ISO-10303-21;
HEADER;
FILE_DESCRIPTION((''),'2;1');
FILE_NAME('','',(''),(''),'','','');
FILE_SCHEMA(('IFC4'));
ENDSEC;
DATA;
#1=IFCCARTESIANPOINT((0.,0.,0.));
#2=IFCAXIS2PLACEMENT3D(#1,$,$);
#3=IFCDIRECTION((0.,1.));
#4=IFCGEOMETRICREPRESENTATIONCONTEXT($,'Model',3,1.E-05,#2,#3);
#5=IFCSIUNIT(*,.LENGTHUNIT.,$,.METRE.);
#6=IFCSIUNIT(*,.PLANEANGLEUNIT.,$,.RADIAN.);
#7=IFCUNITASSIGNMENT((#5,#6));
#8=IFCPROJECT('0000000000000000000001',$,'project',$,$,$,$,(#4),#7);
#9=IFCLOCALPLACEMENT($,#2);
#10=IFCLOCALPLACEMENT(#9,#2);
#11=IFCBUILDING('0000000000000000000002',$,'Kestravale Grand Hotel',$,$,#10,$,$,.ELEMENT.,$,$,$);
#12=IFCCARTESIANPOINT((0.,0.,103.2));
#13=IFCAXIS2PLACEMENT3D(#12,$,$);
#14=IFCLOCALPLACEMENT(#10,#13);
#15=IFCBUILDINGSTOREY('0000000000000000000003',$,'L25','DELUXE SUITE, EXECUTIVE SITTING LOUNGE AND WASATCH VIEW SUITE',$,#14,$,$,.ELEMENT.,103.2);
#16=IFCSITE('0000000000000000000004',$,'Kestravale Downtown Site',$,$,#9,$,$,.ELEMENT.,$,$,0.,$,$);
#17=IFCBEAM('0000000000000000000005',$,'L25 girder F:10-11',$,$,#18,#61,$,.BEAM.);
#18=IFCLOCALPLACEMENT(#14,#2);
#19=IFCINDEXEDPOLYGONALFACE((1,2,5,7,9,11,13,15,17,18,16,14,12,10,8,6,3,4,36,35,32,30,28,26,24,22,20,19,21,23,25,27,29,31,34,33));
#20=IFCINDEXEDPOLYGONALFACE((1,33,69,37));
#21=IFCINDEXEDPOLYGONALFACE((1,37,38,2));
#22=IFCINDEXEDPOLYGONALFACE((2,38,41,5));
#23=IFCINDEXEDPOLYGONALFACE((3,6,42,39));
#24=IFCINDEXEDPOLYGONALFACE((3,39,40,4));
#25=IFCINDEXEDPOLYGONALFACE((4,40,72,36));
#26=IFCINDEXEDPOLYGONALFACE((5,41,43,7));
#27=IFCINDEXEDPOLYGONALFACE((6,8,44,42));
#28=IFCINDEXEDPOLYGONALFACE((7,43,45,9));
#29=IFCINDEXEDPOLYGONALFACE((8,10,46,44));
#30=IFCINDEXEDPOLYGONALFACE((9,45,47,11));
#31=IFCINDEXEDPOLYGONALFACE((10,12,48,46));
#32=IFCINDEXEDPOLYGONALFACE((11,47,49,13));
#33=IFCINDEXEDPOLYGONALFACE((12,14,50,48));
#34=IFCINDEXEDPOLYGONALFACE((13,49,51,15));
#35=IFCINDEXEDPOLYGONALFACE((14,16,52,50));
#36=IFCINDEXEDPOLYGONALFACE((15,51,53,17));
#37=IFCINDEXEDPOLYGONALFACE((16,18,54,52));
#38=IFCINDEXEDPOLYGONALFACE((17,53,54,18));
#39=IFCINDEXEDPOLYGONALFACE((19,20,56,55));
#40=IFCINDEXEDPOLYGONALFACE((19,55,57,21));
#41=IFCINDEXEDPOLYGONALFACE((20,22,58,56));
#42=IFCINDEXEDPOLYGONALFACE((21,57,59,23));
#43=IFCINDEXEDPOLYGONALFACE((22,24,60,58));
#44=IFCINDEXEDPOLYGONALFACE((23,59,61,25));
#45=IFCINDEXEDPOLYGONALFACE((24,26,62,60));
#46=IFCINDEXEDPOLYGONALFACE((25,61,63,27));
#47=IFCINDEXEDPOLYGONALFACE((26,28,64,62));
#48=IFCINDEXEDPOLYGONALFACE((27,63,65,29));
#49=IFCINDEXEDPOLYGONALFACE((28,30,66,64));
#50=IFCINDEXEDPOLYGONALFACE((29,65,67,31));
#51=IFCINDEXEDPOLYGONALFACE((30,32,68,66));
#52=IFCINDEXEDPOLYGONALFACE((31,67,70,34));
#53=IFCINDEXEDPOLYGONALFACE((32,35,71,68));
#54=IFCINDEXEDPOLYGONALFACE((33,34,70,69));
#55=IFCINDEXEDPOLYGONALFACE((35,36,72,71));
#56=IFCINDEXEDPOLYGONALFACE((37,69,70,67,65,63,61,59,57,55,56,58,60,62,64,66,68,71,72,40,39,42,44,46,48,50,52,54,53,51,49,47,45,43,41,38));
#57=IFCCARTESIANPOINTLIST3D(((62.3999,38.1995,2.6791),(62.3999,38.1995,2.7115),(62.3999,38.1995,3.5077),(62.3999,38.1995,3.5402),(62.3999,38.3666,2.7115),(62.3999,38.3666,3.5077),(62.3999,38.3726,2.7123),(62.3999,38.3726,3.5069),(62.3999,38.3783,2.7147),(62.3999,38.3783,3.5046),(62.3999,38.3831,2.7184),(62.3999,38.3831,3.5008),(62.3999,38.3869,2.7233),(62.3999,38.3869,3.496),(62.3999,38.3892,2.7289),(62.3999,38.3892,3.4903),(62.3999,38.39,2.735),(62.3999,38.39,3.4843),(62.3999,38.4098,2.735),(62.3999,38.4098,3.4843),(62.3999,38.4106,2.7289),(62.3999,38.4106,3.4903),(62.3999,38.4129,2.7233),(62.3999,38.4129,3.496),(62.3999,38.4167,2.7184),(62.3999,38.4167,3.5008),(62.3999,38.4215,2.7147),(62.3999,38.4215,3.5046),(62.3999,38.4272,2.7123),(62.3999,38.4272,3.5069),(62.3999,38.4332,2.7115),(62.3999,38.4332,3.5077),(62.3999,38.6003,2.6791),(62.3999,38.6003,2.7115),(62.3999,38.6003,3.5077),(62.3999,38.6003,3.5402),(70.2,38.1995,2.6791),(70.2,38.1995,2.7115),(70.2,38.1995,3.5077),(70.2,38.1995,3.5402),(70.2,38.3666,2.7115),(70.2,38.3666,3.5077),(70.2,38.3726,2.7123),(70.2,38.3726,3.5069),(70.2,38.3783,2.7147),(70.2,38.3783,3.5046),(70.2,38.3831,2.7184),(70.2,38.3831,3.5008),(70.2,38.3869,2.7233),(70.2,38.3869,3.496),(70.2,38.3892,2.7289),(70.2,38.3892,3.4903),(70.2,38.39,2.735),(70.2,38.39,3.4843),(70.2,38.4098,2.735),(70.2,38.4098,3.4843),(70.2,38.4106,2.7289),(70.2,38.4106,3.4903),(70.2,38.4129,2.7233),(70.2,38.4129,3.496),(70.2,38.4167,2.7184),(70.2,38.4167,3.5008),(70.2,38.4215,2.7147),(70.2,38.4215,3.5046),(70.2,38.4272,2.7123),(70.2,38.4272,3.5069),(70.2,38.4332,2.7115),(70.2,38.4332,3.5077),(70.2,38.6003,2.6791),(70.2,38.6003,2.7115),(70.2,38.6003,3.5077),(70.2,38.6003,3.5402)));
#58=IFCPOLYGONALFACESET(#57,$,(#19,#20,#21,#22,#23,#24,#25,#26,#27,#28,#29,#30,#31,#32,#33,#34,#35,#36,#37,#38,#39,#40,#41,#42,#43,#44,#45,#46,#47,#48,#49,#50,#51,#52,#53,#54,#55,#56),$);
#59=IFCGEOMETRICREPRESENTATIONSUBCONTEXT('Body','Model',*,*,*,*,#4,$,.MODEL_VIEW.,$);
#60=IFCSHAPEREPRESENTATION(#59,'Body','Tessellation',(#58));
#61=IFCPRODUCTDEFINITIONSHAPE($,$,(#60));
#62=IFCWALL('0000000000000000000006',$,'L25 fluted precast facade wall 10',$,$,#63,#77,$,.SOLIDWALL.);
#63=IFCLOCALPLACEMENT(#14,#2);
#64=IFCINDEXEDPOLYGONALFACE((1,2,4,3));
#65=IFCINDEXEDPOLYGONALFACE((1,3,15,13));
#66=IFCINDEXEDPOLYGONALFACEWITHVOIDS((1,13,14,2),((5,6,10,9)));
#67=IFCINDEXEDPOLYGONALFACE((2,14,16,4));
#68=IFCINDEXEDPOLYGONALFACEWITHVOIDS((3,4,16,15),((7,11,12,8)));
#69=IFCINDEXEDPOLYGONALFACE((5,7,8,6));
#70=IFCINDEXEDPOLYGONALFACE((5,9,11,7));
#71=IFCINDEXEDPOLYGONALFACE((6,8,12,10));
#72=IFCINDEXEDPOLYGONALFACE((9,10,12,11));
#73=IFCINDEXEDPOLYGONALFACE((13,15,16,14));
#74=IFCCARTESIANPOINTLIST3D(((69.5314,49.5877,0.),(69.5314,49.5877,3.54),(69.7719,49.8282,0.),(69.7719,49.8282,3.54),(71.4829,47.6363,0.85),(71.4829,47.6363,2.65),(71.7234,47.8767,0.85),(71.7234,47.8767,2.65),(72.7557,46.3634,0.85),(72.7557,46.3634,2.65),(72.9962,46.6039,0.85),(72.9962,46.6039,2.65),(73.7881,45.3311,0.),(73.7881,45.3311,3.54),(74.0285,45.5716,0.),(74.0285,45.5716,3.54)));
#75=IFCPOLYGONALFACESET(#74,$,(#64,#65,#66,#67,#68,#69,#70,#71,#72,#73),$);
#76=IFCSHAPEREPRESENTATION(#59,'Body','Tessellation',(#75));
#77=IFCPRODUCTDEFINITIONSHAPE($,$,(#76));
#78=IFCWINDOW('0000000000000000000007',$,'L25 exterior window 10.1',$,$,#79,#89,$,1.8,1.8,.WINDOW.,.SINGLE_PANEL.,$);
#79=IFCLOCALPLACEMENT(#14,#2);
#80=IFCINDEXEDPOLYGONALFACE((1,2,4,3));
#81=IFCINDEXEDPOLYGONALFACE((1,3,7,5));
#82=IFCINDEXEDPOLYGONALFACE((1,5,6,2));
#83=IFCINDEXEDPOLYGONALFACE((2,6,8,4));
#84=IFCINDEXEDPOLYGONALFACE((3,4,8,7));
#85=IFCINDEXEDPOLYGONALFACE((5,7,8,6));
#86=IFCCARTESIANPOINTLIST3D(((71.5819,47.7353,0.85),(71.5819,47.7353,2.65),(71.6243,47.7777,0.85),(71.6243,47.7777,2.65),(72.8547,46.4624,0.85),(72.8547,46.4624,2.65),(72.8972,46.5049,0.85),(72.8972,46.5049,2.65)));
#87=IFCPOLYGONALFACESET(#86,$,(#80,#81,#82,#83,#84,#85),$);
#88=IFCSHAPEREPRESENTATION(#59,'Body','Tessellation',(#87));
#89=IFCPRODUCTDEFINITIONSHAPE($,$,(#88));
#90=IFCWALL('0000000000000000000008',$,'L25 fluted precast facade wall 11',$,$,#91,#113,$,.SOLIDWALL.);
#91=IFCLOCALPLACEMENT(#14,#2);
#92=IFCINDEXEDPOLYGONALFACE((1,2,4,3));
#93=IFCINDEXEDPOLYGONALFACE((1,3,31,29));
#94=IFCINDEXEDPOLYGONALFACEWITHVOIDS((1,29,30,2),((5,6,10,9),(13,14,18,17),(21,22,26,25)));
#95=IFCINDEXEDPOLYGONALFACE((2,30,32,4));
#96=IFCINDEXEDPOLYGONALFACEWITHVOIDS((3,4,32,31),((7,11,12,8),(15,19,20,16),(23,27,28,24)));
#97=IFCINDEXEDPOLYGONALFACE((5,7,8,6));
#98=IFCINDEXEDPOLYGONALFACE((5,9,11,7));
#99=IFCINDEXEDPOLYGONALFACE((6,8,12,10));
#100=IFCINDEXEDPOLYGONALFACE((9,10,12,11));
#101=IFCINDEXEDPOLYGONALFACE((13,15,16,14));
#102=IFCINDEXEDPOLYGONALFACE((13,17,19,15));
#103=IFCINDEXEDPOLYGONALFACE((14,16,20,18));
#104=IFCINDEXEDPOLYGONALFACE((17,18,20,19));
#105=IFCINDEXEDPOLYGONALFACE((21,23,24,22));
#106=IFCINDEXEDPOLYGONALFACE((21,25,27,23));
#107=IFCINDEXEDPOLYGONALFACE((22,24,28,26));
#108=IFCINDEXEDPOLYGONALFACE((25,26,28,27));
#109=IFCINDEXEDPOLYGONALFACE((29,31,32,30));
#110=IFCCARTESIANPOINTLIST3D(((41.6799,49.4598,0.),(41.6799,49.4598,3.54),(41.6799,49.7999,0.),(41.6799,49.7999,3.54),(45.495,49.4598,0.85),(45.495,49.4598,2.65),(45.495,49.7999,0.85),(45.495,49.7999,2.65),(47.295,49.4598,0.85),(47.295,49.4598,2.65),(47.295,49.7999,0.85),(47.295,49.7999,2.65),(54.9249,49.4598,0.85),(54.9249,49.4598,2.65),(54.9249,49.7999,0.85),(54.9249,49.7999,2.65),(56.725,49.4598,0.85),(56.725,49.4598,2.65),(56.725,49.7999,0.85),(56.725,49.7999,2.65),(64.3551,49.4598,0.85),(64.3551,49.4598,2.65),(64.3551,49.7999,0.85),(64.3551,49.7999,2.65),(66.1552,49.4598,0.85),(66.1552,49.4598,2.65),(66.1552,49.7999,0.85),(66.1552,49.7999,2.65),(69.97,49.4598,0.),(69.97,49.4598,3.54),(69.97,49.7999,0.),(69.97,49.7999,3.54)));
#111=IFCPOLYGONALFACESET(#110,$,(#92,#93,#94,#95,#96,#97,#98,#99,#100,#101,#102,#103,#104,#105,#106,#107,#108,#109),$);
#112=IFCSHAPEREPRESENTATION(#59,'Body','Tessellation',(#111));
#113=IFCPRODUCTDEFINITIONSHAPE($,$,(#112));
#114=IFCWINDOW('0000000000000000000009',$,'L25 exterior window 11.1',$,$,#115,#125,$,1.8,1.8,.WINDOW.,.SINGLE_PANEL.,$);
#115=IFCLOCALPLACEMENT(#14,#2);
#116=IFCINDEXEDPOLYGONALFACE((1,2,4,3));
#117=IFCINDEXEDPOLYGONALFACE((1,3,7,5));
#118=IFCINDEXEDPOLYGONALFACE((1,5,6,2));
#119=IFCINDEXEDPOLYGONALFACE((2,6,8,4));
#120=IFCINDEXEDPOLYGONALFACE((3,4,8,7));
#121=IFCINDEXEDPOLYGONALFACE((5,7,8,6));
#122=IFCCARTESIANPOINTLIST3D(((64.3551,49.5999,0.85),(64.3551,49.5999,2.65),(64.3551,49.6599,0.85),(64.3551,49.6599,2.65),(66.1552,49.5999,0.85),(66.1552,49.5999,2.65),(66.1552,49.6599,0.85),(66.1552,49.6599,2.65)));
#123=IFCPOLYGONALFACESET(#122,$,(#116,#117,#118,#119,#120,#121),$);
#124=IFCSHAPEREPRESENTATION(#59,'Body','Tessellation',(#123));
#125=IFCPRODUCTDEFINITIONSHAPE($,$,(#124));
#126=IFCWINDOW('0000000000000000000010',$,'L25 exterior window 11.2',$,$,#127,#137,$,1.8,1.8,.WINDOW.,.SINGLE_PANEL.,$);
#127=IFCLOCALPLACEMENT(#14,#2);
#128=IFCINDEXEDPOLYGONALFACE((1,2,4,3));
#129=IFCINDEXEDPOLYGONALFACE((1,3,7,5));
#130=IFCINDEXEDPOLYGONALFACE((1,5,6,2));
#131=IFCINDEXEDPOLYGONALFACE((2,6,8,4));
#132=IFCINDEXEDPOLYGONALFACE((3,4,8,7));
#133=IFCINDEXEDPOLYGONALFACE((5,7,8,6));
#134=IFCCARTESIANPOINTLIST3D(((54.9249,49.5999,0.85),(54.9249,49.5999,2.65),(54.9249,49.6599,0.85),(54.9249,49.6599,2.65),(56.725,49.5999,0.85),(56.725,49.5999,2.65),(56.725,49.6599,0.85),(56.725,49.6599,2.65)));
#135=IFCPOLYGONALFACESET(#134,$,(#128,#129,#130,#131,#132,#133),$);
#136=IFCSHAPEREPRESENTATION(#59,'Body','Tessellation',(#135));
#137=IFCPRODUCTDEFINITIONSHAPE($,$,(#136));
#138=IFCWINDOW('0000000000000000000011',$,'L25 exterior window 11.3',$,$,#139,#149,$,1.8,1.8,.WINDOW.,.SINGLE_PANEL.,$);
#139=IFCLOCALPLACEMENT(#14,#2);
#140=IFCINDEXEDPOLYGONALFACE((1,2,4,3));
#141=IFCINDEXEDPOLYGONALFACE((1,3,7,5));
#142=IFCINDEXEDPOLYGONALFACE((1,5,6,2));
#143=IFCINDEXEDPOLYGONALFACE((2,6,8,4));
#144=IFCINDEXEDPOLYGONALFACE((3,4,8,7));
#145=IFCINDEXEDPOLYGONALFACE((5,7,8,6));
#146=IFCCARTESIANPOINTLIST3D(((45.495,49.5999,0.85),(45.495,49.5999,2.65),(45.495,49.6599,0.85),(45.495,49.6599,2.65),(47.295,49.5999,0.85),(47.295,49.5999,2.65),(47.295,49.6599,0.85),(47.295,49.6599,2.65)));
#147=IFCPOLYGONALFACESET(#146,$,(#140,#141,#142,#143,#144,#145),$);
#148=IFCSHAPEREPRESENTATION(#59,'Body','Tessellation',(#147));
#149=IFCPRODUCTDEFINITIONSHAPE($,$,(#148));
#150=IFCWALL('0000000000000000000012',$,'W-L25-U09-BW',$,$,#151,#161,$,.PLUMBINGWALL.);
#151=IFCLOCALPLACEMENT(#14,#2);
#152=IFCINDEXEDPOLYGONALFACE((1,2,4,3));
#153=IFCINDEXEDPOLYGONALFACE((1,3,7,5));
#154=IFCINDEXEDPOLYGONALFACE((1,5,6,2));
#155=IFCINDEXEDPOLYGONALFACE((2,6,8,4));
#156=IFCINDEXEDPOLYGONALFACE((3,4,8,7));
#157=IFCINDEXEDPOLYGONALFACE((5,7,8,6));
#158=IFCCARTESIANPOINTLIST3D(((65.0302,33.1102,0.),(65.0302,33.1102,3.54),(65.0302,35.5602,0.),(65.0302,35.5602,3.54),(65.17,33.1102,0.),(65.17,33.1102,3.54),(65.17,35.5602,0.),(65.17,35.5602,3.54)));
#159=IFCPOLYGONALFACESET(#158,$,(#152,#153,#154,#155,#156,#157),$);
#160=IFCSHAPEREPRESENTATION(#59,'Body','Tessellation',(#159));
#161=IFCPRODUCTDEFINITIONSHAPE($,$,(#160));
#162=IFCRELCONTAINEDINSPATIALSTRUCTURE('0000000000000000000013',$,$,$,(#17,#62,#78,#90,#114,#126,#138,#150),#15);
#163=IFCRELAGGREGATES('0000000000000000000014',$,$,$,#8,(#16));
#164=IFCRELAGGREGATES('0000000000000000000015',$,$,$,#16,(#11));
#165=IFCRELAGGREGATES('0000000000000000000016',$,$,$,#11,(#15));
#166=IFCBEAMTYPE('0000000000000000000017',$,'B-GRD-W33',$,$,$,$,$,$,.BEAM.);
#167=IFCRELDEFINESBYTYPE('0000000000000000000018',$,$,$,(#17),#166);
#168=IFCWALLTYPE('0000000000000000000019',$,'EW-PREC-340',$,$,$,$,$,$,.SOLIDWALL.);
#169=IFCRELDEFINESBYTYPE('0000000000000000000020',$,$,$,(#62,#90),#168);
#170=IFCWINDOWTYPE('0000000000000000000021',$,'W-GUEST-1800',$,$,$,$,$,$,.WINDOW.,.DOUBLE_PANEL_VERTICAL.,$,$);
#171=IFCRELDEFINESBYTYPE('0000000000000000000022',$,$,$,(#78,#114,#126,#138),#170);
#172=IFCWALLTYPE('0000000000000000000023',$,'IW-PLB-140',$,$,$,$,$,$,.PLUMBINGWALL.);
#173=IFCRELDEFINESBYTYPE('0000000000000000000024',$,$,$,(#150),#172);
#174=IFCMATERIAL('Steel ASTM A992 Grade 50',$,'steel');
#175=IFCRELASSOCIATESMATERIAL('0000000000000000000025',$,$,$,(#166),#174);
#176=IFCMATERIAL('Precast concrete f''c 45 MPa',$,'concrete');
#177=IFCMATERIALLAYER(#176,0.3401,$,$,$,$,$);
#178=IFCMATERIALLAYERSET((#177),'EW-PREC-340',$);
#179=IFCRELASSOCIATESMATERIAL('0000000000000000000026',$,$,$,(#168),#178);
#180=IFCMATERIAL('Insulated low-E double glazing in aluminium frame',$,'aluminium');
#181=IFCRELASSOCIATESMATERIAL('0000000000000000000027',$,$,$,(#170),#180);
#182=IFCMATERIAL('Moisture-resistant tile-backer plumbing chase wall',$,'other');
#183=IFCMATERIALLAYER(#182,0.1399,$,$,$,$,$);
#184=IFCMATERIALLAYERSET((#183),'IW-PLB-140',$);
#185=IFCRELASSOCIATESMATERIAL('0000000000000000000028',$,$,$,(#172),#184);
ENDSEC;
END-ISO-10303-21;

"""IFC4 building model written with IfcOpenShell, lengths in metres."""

from ifc_helpers import new_model, si_unit, direction, frame, frame_2d, origin, origin_2d, place, context, subcontext, project, spatial, rectangle, i_section, extrude, material, layer, layer_set, material_profile, profile_set, type_object, element, fill, save


model = new_model("IFC4")

# Units and contexts
model_context = context("Model", 3, precision=1e-05, world=origin(), true_north=direction((0.0, 1.0)))
body_context = subcontext(model_context, "Body", "Model", "MODEL_VIEW")
ifc_project = project(units=[si_unit("LENGTHUNIT", "METRE"), si_unit("PLANEANGLEUNIT", "RADIAN")], contexts=[model_context])

# Site, building, storey
site_placement = place(None, origin())
site = spatial("IfcSite", under=ifc_project, at=site_placement, Name="Kestravale Downtown Site", CompositionType="ELEMENT", RefElevation=0.0)
building_placement = place(site_placement, origin())
building = spatial("IfcBuilding", under=site, at=building_placement, Name="Kestravale Grand Hotel", CompositionType="ELEMENT")
storey_placement = place(building_placement, frame((0.0, 0.0, 103.2)))
storey = spatial("IfcBuildingStorey", under=building, at=storey_placement, Name="L25", Description="DELUXE SUITE, EXECUTIVE SITTING LOUNGE AND WASATCH VIEW SUITE", CompositionType="ELEMENT", Elevation=103.2)

# Beam
ifc_material_1 = material(Name="Steel ASTM A992 Grade 50", Category="steel")
ifc_material_profile_1 = material_profile(ifc_material_1, i_section(OverallWidth=0.4009, OverallDepth=0.8611, WebThickness=0.0198, FlangeThickness=0.0325, FilletRadius=0.0234, at=origin_2d()))
ifc_profile_set_1 = profile_set([ifc_material_profile_1], Name="Steel ASTM A992 Grade 50")
beam_type_1 = type_object("IfcBeamType", Name="B-GRD-W33", PredefinedType="BEAM", material=ifc_profile_set_1)
beam_1_placement = place(storey_placement, frame((62.3999, 38.3999, 3.1096), z_axis=(1.0, 0.0, 0.0), x_axis=(0.0, 1.0, 0.0)))
element("IfcBeam", 1, at=beam_1_placement, inside=storey, type_object=beam_type_1, Name="L25 girder F:10-11", PredefinedType="BEAM", context=body_context, shape_type="SweptSolid", body=[
    extrude(i_section(OverallWidth=0.4009, OverallDepth=0.8611, WebThickness=0.0198, FlangeThickness=0.0325, FilletRadius=0.0234, at=origin_2d()), origin(), (0.0, 0.0, 1.0), 7.8),
])

# Wall, opening, window
ifc_material_2 = material(Name="Precast concrete f'c 45 MPa", Category="concrete")
ifc_layer_1 = layer(ifc_material_2, 0.3401)
ifc_layer_set_1 = layer_set([ifc_layer_1], Name="EW-PREC-340")
wall_type_1 = type_object("IfcWallType", Name="EW-PREC-340", PredefinedType="SOLIDWALL", material=ifc_layer_set_1)
wall_1_placement = place(storey_placement, frame((73.9082, 45.4514, 0.0), z_axis=(0.0, 0.0, 1.0), x_axis=(-0.707107, 0.707107, 0.0)))
wall_1 = element("IfcWall", 2, at=wall_1_placement, inside=storey, type_object=wall_type_1, Name="L25 fluted precast facade wall 10", PredefinedType="SOLIDWALL", context=body_context, shape_type="SweptSolid", body=[
    extrude(rectangle(XDim=6.0198, YDim=0.3401, at=frame_2d((3.0098, 0.0))), origin(), (0.0, 0.0, 1.0), 3.54),
])
opening_1_placement = place(wall_1_placement, frame((1.46, 0.0, 0.8501)))
opening_1 = element("IfcOpeningElement", 3, at=opening_1_placement, cuts=wall_1, PredefinedType="OPENING", context=body_context, shape_type="SweptSolid", body=[
    extrude(rectangle(XDim=1.8, YDim=1.8, at=frame_2d((0.8999, 0.8999))), frame((0.0, 0.1799, 0.0), z_axis=(0.0, -1.0, 0.0), x_axis=(1.0, 0.0, 0.0)), (0.0, 0.0, 1.0), 0.3601),
])
ifc_material_3 = material(Name="Insulated low-E double glazing in aluminium frame", Category="aluminium")
window_type = type_object("IfcWindowType", Name="W-GUEST-1800", PartitioningType="DOUBLE_PANEL_VERTICAL", PredefinedType="WINDOW", material=ifc_material_3)
window_1_placement = place(opening_1_placement, origin())
window_1 = element("IfcWindow", 4, at=window_1_placement, inside=storey, type_object=window_type, Name="L25 exterior window 10.1", OverallHeight=1.8, OverallWidth=1.8, PartitioningType="SINGLE_PANEL", PredefinedType="WINDOW", context=body_context, shape_type="SweptSolid", body=[
    extrude(rectangle(XDim=1.8, YDim=1.8, at=frame_2d((0.8999, 0.8999))), frame((0.0, 0.03, 0.0), z_axis=(0.0, -1.0, 0.0), x_axis=(1.0, 0.0, 0.0)), (0.0, 0.0, 1.0), 0.0601),
])
fill(opening_1, window_1)

# Wall, openings, windows
wall_2_placement = place(storey_placement, frame((69.97, 49.6299, 0.0), z_axis=(0.0, 0.0, 1.0), x_axis=(-1.0, 0.0, 0.0)))
wall_2 = element("IfcWall", 5, at=wall_2_placement, inside=storey, type_object=wall_type_1, Name="L25 fluted precast facade wall 11", PredefinedType="SOLIDWALL", context=body_context, shape_type="SweptSolid", body=[
    extrude(rectangle(XDim=28.29, YDim=0.3401, at=frame_2d((14.145, 0.0))), origin(), (0.0, 0.0, 1.0), 3.54),
])
opening_2_placement = place(wall_2_placement, frame((3.8149, 0.0, 0.8501)))
opening_2 = element("IfcOpeningElement", 6, at=opening_2_placement, cuts=wall_2, PredefinedType="OPENING", context=body_context, shape_type="SweptSolid", body=[
    extrude(rectangle(XDim=1.8, YDim=1.8, at=frame_2d((0.8999, 0.8999))), frame((0.0, 0.1799, 0.0), z_axis=(0.0, -1.0, 0.0), x_axis=(1.0, 0.0, 0.0)), (0.0, 0.0, 1.0), 0.3601),
])
opening_3_placement = place(wall_2_placement, frame((13.2451, 0.0, 0.8501)))
opening_3 = element("IfcOpeningElement", 7, at=opening_3_placement, cuts=wall_2, PredefinedType="OPENING", context=body_context, shape_type="SweptSolid", body=[
    extrude(rectangle(XDim=1.8, YDim=1.8, at=frame_2d((0.8999, 0.8999))), frame((0.0, 0.1799, 0.0), z_axis=(0.0, -1.0, 0.0), x_axis=(1.0, 0.0, 0.0)), (0.0, 0.0, 1.0), 0.3601),
])
opening_4_placement = place(wall_2_placement, frame((22.675, 0.0, 0.8501)))
opening_4 = element("IfcOpeningElement", 8, at=opening_4_placement, cuts=wall_2, PredefinedType="OPENING", context=body_context, shape_type="SweptSolid", body=[
    extrude(rectangle(XDim=1.8, YDim=1.8, at=frame_2d((0.8999, 0.8999))), frame((0.0, 0.1799, 0.0), z_axis=(0.0, -1.0, 0.0), x_axis=(1.0, 0.0, 0.0)), (0.0, 0.0, 1.0), 0.3601),
])
window_2_placement = place(opening_2_placement, origin())
window_2 = element("IfcWindow", 9, at=window_2_placement, inside=storey, type_object=window_type, Name="L25 exterior window 11.1", OverallHeight=1.8, OverallWidth=1.8, PartitioningType="SINGLE_PANEL", PredefinedType="WINDOW", context=body_context, shape_type="SweptSolid", body=[
    extrude(rectangle(XDim=1.8, YDim=1.8, at=frame_2d((0.8999, 0.8999))), frame((0.0, 0.03, 0.0), z_axis=(0.0, -1.0, 0.0), x_axis=(1.0, 0.0, 0.0)), (0.0, 0.0, 1.0), 0.0601),
])
fill(opening_2, window_2)
window_3_placement = place(opening_3_placement, origin())
window_3 = element("IfcWindow", 10, at=window_3_placement, inside=storey, type_object=window_type, Name="L25 exterior window 11.2", OverallHeight=1.8, OverallWidth=1.8, PartitioningType="SINGLE_PANEL", PredefinedType="WINDOW", context=body_context, shape_type="SweptSolid", body=[
    extrude(rectangle(XDim=1.8, YDim=1.8, at=frame_2d((0.8999, 0.8999))), frame((0.0, 0.03, 0.0), z_axis=(0.0, -1.0, 0.0), x_axis=(1.0, 0.0, 0.0)), (0.0, 0.0, 1.0), 0.0601),
])
fill(opening_3, window_3)
window_4_placement = place(opening_4_placement, origin())
window_4 = element("IfcWindow", 11, at=window_4_placement, inside=storey, type_object=window_type, Name="L25 exterior window 11.3", OverallHeight=1.8, OverallWidth=1.8, PartitioningType="SINGLE_PANEL", PredefinedType="WINDOW", context=body_context, shape_type="SweptSolid", body=[
    extrude(rectangle(XDim=1.8, YDim=1.8, at=frame_2d((0.8999, 0.8999))), frame((0.0, 0.03, 0.0), z_axis=(0.0, -1.0, 0.0), x_axis=(1.0, 0.0, 0.0)), (0.0, 0.0, 1.0), 0.0601),
])
fill(opening_4, window_4)

# Wall
ifc_material_4 = material(Name="Moisture-resistant tile-backer plumbing chase wall", Category="other")
ifc_layer_2 = layer(ifc_material_4, 0.1399)
ifc_layer_set_2 = layer_set([ifc_layer_2], Name="IW-PLB-140")
wall_type_2 = type_object("IfcWallType", Name="IW-PLB-140", PredefinedType="PLUMBINGWALL", material=ifc_layer_set_2)
wall_3_placement = place(storey_placement, frame((65.1001, 33.1101, 0.0), z_axis=(0.0, 0.0, 1.0), x_axis=(0.0, 1.0, 0.0)))
element("IfcWall", 12, at=wall_3_placement, inside=storey, type_object=wall_type_2, Name="W-L25-U09-BW", PredefinedType="PLUMBINGWALL", context=body_context, shape_type="SweptSolid", body=[
    extrude(rectangle(XDim=2.45, YDim=0.1399, at=frame_2d((1.2251, 0.0))), origin(), (0.0, 0.0, 1.0), 3.54),
])

save(model, "model.ifc")
